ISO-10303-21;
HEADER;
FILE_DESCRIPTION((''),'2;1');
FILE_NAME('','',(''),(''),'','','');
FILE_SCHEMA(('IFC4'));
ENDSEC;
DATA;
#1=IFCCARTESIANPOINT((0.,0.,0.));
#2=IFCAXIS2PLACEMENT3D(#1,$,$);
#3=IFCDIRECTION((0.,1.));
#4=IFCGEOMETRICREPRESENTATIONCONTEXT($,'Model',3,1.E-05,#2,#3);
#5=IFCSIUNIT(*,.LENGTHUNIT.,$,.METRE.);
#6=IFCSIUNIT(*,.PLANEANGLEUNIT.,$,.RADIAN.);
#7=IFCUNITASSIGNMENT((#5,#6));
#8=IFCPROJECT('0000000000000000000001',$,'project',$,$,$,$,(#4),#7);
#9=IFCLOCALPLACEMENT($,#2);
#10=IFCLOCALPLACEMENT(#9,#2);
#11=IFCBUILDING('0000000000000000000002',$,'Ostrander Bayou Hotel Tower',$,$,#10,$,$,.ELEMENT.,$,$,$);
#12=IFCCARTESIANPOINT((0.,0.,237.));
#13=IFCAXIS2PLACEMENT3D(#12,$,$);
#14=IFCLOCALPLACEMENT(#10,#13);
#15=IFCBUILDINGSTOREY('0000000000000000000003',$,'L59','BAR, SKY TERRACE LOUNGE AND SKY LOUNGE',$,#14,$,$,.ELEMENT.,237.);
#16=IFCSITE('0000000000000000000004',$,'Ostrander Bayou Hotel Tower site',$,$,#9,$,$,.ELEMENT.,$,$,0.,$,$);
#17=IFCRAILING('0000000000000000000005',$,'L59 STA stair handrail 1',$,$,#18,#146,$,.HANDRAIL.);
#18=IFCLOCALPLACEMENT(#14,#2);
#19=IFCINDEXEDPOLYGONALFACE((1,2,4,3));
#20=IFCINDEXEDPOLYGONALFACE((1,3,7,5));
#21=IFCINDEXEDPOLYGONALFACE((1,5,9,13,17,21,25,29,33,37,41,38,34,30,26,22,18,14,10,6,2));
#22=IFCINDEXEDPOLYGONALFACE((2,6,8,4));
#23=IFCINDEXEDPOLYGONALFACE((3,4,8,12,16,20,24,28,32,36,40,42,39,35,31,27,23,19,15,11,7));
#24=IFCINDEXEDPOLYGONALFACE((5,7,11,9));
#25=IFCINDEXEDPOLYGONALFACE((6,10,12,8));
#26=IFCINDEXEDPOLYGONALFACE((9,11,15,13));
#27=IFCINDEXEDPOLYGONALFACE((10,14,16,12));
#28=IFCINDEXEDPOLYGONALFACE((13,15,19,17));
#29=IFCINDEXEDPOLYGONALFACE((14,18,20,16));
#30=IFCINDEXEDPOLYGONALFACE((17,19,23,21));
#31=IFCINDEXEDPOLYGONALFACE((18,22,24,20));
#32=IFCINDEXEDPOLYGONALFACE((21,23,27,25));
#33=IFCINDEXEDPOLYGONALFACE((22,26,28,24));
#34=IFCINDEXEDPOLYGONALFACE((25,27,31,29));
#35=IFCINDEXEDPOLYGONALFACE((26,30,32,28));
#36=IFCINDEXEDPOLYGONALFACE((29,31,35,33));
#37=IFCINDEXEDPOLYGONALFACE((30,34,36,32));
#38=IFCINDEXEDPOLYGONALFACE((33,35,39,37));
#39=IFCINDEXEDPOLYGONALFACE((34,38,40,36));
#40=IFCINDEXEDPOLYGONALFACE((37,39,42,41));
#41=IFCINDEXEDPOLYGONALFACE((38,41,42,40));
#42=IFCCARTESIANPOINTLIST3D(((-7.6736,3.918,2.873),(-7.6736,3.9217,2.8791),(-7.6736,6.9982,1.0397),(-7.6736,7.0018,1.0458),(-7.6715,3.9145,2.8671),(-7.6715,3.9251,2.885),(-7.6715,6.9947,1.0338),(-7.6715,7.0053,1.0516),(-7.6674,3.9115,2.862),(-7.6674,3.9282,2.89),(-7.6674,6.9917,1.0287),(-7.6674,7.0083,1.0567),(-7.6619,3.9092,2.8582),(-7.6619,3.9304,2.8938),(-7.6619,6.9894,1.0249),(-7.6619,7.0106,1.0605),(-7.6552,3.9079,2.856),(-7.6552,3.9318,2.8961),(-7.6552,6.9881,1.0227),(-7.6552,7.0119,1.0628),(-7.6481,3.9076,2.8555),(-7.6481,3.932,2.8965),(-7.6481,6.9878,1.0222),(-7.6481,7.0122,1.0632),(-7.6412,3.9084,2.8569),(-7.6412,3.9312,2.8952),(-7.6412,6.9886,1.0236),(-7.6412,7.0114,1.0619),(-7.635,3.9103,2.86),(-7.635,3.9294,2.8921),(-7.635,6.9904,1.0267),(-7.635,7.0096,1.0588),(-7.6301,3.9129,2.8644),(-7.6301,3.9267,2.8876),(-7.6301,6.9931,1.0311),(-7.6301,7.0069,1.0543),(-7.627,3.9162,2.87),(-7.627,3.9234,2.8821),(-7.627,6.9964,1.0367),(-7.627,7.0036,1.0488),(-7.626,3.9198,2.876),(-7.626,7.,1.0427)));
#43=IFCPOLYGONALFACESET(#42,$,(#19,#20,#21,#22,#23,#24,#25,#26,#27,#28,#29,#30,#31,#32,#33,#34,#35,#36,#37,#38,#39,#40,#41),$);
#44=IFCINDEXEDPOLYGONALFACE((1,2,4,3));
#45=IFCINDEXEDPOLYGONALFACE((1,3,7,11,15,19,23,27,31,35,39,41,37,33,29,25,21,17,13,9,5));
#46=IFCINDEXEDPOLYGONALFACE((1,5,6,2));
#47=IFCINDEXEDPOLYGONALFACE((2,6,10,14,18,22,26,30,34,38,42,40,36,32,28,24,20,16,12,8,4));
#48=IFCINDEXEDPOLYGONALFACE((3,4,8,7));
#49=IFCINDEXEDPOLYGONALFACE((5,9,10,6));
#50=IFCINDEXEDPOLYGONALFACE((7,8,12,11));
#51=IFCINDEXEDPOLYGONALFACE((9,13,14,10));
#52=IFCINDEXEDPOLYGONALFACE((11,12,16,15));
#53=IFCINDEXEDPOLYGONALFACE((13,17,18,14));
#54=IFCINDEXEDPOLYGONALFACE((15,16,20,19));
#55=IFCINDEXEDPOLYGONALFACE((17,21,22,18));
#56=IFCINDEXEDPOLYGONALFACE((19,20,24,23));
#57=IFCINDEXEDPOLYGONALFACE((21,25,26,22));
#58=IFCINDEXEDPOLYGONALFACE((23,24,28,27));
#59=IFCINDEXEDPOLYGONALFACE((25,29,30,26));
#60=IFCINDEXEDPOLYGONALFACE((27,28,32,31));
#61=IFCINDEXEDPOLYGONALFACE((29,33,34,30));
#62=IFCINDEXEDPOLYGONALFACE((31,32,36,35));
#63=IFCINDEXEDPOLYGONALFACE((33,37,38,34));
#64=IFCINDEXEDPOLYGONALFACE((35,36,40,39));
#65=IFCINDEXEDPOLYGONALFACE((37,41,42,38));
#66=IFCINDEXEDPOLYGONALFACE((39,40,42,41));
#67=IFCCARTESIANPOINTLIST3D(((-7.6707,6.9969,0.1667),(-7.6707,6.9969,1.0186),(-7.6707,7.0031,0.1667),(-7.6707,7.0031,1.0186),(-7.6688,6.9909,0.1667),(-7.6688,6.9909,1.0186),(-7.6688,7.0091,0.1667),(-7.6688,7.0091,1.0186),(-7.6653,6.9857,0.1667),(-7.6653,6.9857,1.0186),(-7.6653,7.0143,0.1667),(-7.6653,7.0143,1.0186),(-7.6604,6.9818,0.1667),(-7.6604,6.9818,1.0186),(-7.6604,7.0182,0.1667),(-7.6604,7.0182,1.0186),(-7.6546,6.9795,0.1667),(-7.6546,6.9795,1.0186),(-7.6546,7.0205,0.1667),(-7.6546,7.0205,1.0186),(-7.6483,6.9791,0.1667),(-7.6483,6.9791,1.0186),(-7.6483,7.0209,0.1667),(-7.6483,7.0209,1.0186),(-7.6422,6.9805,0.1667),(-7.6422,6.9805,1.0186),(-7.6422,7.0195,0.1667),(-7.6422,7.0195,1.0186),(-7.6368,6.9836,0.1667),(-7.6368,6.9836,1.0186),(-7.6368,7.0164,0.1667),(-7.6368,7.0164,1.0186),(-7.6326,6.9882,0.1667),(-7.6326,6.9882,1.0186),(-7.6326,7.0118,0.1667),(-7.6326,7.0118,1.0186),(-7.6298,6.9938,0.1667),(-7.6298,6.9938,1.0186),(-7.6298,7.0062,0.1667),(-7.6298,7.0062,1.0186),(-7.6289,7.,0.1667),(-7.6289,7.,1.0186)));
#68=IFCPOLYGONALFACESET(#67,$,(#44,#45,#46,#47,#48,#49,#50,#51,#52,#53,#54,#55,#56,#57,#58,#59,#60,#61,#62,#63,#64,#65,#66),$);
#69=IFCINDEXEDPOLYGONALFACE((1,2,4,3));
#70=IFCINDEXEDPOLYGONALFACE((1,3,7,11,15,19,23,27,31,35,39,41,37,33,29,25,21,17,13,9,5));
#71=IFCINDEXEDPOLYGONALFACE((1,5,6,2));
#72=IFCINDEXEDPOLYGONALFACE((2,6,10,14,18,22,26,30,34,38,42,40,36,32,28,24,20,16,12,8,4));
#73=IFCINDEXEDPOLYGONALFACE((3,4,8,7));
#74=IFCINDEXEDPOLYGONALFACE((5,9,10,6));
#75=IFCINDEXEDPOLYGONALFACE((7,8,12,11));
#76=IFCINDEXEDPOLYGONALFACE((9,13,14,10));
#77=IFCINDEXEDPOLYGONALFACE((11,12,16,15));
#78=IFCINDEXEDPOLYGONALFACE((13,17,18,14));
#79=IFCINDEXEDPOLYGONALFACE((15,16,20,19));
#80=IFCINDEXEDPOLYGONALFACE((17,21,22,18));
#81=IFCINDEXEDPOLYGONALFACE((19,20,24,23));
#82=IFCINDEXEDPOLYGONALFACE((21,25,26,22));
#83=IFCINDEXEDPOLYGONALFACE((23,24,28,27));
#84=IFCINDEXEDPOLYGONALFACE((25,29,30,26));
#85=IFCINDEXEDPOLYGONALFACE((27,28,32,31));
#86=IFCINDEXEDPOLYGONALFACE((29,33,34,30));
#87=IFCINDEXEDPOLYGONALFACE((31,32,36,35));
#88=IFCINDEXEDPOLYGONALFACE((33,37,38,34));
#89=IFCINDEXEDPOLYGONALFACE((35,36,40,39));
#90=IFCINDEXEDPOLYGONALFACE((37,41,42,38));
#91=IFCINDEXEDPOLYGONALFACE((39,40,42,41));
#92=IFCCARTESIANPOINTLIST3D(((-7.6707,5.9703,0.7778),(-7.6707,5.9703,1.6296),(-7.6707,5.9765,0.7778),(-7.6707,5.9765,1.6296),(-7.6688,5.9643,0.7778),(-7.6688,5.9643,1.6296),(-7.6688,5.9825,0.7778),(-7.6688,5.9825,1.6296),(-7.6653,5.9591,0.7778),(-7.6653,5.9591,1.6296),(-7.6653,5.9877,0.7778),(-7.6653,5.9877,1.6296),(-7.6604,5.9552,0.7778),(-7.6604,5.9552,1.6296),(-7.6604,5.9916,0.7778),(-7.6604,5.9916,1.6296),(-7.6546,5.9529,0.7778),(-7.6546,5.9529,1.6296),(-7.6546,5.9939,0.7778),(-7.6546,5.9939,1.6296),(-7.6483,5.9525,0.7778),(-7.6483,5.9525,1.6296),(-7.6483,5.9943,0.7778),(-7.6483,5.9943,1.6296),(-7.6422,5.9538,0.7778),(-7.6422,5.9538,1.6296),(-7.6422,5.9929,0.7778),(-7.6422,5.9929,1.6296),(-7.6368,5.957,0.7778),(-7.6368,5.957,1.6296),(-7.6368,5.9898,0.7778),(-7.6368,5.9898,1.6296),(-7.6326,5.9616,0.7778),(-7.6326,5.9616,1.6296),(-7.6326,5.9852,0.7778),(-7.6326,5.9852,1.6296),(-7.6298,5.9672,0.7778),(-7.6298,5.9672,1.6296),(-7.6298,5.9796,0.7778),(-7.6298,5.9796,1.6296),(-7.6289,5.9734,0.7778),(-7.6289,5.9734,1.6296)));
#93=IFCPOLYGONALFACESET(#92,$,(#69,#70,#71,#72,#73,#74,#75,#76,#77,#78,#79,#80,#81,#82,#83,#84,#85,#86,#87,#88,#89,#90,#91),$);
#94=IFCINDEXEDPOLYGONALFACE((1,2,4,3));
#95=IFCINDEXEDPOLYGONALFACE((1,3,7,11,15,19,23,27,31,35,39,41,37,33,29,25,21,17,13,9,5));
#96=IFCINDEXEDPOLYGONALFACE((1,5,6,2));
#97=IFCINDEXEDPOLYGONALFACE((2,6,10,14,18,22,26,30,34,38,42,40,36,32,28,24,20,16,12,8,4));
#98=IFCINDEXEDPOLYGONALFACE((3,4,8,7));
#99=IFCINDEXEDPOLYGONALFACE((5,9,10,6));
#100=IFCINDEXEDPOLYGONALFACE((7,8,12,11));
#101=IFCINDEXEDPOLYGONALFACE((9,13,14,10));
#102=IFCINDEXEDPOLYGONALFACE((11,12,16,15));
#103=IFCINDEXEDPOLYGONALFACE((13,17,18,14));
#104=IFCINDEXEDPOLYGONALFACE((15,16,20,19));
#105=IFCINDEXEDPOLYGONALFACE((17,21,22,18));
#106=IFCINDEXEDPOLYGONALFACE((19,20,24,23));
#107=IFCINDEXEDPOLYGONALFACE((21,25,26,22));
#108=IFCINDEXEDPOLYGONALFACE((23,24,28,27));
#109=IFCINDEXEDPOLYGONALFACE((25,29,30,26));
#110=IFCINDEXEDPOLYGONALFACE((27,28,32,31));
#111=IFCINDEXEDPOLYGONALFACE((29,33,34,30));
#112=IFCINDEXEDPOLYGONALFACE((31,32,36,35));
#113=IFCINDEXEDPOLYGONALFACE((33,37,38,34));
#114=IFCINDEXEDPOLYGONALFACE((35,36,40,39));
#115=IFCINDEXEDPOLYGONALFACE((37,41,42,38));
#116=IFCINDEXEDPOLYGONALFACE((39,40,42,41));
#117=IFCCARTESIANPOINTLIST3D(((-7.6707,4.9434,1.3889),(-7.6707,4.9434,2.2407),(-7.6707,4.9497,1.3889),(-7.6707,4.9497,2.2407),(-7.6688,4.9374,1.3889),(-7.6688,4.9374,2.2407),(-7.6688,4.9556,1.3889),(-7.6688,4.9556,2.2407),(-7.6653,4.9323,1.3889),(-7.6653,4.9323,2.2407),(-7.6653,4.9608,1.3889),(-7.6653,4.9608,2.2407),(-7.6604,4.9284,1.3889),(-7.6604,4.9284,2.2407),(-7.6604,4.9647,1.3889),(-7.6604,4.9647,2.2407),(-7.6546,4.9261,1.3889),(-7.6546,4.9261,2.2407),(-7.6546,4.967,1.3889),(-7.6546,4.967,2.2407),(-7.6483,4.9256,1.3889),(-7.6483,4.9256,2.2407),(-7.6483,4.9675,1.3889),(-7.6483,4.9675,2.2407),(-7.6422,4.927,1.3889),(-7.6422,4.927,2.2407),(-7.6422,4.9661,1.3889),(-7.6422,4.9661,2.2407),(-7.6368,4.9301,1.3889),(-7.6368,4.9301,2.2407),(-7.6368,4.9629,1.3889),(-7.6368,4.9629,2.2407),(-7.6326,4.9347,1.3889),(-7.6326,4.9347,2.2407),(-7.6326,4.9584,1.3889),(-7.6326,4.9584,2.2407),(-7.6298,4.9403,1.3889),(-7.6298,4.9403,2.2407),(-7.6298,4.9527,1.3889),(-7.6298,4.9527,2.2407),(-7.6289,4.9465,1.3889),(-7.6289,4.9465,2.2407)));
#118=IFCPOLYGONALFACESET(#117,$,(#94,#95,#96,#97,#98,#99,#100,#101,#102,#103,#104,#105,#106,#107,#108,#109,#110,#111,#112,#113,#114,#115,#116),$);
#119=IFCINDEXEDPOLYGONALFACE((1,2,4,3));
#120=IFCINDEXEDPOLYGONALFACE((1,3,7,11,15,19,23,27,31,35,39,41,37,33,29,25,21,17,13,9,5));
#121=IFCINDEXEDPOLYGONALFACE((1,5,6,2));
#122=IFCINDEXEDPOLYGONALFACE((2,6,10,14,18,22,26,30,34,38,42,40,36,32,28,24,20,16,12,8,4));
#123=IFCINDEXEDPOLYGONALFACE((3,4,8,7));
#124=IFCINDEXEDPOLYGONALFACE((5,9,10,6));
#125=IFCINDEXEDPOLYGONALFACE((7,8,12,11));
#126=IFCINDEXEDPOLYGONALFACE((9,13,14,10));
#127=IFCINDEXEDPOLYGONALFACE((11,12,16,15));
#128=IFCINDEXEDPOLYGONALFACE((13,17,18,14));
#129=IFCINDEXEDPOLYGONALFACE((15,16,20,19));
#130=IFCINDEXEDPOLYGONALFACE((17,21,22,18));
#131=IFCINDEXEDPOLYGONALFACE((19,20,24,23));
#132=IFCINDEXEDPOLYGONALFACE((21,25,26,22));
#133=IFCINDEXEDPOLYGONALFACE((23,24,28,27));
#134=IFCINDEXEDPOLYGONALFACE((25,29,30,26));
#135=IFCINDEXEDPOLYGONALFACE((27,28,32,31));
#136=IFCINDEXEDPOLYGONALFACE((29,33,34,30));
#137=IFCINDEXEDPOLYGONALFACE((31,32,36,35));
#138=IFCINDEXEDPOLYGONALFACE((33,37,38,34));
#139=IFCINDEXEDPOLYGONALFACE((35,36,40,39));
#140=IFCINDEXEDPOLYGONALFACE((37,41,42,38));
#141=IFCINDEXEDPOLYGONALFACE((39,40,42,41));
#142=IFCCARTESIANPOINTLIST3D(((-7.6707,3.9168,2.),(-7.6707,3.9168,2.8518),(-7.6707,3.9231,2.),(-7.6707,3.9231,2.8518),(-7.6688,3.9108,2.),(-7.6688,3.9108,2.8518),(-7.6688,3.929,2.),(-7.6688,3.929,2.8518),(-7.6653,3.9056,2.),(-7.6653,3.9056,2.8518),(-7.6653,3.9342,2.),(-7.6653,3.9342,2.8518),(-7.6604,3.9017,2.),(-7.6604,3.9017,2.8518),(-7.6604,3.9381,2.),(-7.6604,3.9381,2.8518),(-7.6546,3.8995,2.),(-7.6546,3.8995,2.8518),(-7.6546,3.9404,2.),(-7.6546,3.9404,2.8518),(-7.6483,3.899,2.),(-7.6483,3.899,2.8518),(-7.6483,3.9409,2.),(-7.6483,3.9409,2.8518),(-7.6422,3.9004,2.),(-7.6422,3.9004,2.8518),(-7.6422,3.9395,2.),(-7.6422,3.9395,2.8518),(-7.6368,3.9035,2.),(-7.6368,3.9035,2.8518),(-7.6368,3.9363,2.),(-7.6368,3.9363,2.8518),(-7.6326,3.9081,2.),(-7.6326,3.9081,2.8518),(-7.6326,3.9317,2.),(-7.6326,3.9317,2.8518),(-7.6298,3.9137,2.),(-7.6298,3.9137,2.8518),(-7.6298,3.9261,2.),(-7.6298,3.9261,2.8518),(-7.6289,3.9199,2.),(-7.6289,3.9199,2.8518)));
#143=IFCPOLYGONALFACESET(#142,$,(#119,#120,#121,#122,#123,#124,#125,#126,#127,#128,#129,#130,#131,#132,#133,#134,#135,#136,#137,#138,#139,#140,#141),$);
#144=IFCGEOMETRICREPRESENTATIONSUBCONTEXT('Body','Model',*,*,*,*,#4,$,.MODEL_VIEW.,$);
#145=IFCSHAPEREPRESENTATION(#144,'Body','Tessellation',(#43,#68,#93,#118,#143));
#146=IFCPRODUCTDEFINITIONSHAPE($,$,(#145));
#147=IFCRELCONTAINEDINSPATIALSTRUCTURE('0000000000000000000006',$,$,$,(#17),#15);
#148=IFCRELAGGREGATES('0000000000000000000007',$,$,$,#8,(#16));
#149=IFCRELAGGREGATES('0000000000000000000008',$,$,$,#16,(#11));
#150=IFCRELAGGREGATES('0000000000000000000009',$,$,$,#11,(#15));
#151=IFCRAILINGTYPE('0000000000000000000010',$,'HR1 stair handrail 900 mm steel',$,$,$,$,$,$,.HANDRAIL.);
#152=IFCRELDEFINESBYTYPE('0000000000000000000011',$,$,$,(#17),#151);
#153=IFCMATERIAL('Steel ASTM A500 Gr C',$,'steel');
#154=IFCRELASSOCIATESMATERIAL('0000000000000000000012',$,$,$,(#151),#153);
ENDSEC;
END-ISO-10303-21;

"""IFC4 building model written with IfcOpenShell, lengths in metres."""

from ifc_helpers import new_model, si_unit, direction, frame, origin, origin_2d, place, context, subcontext, project, spatial, circle, extrude, material, type_object, element, save


model = new_model("IFC4")

# Units and contexts
model_context = context("Model", 3, precision=1e-05, world=origin(), true_north=direction((0.0, 1.0)))
body_context = subcontext(model_context, "Body", "Model", "MODEL_VIEW")
ifc_project = project(units=[si_unit("LENGTHUNIT", "METRE"), si_unit("PLANEANGLEUNIT", "RADIAN")], contexts=[model_context])

# Site, building, storey
site_placement = place(None, origin())
site = spatial("IfcSite", under=ifc_project, at=site_placement, Name="Ostrander Bayou Hotel Tower site", CompositionType="ELEMENT", RefElevation=0.0)
building_placement = place(site_placement, origin())
building = spatial("IfcBuilding", under=site, at=building_placement, Name="Ostrander Bayou Hotel Tower", CompositionType="ELEMENT")
storey_placement = place(building_placement, frame((0.0, 0.0, 237.0)))
storey = spatial("IfcBuildingStorey", under=building, at=storey_placement, Name="L59", Description="BAR, SKY TERRACE LOUNGE AND SKY LOUNGE", CompositionType="ELEMENT", Elevation=237.0)

# Railing
ifc_material_1 = material(Name="Steel ASTM A500 Gr C", Category="steel")
railing_type_1 = type_object("IfcRailingType", Name="HR1 stair handrail 900 mm steel", PredefinedType="HANDRAIL", material=ifc_material_1)
railing_1_placement = place(storey_placement, frame((-7.6499, 7.0, 0.1667)))
element("IfcRailing", 1, at=railing_1_placement, inside=storey, type_object=railing_type_1, Name="L59 STA stair handrail 1", PredefinedType="HANDRAIL", context=body_context, shape_type="SweptSolid", body=[
    extrude(circle(Radius=0.0239, at=origin_2d()), frame((0.0, 0.0, 0.876), z_axis=(0.0, -0.859309, 0.511458), x_axis=(1.0, 0.0, 0.0)), (0.0, 0.0, 1.0), 3.5845),
    extrude(circle(Radius=0.021, at=origin_2d()), origin(), (0.0, 0.0, 1.0), 0.8518),
    extrude(circle(Radius=0.021, at=origin_2d()), frame((0.0, -1.0266, 0.6111)), (0.0, 0.0, 1.0), 0.8518),
    extrude(circle(Radius=0.021, at=origin_2d()), frame((0.0, -2.0535, 1.2222)), (0.0, 0.0, 1.0), 0.8518),
    extrude(circle(Radius=0.021, at=origin_2d()), frame((0.0, -3.0801, 1.8333)), (0.0, 0.0, 1.0), 0.8518),
])

save(model, "model.ifc")
